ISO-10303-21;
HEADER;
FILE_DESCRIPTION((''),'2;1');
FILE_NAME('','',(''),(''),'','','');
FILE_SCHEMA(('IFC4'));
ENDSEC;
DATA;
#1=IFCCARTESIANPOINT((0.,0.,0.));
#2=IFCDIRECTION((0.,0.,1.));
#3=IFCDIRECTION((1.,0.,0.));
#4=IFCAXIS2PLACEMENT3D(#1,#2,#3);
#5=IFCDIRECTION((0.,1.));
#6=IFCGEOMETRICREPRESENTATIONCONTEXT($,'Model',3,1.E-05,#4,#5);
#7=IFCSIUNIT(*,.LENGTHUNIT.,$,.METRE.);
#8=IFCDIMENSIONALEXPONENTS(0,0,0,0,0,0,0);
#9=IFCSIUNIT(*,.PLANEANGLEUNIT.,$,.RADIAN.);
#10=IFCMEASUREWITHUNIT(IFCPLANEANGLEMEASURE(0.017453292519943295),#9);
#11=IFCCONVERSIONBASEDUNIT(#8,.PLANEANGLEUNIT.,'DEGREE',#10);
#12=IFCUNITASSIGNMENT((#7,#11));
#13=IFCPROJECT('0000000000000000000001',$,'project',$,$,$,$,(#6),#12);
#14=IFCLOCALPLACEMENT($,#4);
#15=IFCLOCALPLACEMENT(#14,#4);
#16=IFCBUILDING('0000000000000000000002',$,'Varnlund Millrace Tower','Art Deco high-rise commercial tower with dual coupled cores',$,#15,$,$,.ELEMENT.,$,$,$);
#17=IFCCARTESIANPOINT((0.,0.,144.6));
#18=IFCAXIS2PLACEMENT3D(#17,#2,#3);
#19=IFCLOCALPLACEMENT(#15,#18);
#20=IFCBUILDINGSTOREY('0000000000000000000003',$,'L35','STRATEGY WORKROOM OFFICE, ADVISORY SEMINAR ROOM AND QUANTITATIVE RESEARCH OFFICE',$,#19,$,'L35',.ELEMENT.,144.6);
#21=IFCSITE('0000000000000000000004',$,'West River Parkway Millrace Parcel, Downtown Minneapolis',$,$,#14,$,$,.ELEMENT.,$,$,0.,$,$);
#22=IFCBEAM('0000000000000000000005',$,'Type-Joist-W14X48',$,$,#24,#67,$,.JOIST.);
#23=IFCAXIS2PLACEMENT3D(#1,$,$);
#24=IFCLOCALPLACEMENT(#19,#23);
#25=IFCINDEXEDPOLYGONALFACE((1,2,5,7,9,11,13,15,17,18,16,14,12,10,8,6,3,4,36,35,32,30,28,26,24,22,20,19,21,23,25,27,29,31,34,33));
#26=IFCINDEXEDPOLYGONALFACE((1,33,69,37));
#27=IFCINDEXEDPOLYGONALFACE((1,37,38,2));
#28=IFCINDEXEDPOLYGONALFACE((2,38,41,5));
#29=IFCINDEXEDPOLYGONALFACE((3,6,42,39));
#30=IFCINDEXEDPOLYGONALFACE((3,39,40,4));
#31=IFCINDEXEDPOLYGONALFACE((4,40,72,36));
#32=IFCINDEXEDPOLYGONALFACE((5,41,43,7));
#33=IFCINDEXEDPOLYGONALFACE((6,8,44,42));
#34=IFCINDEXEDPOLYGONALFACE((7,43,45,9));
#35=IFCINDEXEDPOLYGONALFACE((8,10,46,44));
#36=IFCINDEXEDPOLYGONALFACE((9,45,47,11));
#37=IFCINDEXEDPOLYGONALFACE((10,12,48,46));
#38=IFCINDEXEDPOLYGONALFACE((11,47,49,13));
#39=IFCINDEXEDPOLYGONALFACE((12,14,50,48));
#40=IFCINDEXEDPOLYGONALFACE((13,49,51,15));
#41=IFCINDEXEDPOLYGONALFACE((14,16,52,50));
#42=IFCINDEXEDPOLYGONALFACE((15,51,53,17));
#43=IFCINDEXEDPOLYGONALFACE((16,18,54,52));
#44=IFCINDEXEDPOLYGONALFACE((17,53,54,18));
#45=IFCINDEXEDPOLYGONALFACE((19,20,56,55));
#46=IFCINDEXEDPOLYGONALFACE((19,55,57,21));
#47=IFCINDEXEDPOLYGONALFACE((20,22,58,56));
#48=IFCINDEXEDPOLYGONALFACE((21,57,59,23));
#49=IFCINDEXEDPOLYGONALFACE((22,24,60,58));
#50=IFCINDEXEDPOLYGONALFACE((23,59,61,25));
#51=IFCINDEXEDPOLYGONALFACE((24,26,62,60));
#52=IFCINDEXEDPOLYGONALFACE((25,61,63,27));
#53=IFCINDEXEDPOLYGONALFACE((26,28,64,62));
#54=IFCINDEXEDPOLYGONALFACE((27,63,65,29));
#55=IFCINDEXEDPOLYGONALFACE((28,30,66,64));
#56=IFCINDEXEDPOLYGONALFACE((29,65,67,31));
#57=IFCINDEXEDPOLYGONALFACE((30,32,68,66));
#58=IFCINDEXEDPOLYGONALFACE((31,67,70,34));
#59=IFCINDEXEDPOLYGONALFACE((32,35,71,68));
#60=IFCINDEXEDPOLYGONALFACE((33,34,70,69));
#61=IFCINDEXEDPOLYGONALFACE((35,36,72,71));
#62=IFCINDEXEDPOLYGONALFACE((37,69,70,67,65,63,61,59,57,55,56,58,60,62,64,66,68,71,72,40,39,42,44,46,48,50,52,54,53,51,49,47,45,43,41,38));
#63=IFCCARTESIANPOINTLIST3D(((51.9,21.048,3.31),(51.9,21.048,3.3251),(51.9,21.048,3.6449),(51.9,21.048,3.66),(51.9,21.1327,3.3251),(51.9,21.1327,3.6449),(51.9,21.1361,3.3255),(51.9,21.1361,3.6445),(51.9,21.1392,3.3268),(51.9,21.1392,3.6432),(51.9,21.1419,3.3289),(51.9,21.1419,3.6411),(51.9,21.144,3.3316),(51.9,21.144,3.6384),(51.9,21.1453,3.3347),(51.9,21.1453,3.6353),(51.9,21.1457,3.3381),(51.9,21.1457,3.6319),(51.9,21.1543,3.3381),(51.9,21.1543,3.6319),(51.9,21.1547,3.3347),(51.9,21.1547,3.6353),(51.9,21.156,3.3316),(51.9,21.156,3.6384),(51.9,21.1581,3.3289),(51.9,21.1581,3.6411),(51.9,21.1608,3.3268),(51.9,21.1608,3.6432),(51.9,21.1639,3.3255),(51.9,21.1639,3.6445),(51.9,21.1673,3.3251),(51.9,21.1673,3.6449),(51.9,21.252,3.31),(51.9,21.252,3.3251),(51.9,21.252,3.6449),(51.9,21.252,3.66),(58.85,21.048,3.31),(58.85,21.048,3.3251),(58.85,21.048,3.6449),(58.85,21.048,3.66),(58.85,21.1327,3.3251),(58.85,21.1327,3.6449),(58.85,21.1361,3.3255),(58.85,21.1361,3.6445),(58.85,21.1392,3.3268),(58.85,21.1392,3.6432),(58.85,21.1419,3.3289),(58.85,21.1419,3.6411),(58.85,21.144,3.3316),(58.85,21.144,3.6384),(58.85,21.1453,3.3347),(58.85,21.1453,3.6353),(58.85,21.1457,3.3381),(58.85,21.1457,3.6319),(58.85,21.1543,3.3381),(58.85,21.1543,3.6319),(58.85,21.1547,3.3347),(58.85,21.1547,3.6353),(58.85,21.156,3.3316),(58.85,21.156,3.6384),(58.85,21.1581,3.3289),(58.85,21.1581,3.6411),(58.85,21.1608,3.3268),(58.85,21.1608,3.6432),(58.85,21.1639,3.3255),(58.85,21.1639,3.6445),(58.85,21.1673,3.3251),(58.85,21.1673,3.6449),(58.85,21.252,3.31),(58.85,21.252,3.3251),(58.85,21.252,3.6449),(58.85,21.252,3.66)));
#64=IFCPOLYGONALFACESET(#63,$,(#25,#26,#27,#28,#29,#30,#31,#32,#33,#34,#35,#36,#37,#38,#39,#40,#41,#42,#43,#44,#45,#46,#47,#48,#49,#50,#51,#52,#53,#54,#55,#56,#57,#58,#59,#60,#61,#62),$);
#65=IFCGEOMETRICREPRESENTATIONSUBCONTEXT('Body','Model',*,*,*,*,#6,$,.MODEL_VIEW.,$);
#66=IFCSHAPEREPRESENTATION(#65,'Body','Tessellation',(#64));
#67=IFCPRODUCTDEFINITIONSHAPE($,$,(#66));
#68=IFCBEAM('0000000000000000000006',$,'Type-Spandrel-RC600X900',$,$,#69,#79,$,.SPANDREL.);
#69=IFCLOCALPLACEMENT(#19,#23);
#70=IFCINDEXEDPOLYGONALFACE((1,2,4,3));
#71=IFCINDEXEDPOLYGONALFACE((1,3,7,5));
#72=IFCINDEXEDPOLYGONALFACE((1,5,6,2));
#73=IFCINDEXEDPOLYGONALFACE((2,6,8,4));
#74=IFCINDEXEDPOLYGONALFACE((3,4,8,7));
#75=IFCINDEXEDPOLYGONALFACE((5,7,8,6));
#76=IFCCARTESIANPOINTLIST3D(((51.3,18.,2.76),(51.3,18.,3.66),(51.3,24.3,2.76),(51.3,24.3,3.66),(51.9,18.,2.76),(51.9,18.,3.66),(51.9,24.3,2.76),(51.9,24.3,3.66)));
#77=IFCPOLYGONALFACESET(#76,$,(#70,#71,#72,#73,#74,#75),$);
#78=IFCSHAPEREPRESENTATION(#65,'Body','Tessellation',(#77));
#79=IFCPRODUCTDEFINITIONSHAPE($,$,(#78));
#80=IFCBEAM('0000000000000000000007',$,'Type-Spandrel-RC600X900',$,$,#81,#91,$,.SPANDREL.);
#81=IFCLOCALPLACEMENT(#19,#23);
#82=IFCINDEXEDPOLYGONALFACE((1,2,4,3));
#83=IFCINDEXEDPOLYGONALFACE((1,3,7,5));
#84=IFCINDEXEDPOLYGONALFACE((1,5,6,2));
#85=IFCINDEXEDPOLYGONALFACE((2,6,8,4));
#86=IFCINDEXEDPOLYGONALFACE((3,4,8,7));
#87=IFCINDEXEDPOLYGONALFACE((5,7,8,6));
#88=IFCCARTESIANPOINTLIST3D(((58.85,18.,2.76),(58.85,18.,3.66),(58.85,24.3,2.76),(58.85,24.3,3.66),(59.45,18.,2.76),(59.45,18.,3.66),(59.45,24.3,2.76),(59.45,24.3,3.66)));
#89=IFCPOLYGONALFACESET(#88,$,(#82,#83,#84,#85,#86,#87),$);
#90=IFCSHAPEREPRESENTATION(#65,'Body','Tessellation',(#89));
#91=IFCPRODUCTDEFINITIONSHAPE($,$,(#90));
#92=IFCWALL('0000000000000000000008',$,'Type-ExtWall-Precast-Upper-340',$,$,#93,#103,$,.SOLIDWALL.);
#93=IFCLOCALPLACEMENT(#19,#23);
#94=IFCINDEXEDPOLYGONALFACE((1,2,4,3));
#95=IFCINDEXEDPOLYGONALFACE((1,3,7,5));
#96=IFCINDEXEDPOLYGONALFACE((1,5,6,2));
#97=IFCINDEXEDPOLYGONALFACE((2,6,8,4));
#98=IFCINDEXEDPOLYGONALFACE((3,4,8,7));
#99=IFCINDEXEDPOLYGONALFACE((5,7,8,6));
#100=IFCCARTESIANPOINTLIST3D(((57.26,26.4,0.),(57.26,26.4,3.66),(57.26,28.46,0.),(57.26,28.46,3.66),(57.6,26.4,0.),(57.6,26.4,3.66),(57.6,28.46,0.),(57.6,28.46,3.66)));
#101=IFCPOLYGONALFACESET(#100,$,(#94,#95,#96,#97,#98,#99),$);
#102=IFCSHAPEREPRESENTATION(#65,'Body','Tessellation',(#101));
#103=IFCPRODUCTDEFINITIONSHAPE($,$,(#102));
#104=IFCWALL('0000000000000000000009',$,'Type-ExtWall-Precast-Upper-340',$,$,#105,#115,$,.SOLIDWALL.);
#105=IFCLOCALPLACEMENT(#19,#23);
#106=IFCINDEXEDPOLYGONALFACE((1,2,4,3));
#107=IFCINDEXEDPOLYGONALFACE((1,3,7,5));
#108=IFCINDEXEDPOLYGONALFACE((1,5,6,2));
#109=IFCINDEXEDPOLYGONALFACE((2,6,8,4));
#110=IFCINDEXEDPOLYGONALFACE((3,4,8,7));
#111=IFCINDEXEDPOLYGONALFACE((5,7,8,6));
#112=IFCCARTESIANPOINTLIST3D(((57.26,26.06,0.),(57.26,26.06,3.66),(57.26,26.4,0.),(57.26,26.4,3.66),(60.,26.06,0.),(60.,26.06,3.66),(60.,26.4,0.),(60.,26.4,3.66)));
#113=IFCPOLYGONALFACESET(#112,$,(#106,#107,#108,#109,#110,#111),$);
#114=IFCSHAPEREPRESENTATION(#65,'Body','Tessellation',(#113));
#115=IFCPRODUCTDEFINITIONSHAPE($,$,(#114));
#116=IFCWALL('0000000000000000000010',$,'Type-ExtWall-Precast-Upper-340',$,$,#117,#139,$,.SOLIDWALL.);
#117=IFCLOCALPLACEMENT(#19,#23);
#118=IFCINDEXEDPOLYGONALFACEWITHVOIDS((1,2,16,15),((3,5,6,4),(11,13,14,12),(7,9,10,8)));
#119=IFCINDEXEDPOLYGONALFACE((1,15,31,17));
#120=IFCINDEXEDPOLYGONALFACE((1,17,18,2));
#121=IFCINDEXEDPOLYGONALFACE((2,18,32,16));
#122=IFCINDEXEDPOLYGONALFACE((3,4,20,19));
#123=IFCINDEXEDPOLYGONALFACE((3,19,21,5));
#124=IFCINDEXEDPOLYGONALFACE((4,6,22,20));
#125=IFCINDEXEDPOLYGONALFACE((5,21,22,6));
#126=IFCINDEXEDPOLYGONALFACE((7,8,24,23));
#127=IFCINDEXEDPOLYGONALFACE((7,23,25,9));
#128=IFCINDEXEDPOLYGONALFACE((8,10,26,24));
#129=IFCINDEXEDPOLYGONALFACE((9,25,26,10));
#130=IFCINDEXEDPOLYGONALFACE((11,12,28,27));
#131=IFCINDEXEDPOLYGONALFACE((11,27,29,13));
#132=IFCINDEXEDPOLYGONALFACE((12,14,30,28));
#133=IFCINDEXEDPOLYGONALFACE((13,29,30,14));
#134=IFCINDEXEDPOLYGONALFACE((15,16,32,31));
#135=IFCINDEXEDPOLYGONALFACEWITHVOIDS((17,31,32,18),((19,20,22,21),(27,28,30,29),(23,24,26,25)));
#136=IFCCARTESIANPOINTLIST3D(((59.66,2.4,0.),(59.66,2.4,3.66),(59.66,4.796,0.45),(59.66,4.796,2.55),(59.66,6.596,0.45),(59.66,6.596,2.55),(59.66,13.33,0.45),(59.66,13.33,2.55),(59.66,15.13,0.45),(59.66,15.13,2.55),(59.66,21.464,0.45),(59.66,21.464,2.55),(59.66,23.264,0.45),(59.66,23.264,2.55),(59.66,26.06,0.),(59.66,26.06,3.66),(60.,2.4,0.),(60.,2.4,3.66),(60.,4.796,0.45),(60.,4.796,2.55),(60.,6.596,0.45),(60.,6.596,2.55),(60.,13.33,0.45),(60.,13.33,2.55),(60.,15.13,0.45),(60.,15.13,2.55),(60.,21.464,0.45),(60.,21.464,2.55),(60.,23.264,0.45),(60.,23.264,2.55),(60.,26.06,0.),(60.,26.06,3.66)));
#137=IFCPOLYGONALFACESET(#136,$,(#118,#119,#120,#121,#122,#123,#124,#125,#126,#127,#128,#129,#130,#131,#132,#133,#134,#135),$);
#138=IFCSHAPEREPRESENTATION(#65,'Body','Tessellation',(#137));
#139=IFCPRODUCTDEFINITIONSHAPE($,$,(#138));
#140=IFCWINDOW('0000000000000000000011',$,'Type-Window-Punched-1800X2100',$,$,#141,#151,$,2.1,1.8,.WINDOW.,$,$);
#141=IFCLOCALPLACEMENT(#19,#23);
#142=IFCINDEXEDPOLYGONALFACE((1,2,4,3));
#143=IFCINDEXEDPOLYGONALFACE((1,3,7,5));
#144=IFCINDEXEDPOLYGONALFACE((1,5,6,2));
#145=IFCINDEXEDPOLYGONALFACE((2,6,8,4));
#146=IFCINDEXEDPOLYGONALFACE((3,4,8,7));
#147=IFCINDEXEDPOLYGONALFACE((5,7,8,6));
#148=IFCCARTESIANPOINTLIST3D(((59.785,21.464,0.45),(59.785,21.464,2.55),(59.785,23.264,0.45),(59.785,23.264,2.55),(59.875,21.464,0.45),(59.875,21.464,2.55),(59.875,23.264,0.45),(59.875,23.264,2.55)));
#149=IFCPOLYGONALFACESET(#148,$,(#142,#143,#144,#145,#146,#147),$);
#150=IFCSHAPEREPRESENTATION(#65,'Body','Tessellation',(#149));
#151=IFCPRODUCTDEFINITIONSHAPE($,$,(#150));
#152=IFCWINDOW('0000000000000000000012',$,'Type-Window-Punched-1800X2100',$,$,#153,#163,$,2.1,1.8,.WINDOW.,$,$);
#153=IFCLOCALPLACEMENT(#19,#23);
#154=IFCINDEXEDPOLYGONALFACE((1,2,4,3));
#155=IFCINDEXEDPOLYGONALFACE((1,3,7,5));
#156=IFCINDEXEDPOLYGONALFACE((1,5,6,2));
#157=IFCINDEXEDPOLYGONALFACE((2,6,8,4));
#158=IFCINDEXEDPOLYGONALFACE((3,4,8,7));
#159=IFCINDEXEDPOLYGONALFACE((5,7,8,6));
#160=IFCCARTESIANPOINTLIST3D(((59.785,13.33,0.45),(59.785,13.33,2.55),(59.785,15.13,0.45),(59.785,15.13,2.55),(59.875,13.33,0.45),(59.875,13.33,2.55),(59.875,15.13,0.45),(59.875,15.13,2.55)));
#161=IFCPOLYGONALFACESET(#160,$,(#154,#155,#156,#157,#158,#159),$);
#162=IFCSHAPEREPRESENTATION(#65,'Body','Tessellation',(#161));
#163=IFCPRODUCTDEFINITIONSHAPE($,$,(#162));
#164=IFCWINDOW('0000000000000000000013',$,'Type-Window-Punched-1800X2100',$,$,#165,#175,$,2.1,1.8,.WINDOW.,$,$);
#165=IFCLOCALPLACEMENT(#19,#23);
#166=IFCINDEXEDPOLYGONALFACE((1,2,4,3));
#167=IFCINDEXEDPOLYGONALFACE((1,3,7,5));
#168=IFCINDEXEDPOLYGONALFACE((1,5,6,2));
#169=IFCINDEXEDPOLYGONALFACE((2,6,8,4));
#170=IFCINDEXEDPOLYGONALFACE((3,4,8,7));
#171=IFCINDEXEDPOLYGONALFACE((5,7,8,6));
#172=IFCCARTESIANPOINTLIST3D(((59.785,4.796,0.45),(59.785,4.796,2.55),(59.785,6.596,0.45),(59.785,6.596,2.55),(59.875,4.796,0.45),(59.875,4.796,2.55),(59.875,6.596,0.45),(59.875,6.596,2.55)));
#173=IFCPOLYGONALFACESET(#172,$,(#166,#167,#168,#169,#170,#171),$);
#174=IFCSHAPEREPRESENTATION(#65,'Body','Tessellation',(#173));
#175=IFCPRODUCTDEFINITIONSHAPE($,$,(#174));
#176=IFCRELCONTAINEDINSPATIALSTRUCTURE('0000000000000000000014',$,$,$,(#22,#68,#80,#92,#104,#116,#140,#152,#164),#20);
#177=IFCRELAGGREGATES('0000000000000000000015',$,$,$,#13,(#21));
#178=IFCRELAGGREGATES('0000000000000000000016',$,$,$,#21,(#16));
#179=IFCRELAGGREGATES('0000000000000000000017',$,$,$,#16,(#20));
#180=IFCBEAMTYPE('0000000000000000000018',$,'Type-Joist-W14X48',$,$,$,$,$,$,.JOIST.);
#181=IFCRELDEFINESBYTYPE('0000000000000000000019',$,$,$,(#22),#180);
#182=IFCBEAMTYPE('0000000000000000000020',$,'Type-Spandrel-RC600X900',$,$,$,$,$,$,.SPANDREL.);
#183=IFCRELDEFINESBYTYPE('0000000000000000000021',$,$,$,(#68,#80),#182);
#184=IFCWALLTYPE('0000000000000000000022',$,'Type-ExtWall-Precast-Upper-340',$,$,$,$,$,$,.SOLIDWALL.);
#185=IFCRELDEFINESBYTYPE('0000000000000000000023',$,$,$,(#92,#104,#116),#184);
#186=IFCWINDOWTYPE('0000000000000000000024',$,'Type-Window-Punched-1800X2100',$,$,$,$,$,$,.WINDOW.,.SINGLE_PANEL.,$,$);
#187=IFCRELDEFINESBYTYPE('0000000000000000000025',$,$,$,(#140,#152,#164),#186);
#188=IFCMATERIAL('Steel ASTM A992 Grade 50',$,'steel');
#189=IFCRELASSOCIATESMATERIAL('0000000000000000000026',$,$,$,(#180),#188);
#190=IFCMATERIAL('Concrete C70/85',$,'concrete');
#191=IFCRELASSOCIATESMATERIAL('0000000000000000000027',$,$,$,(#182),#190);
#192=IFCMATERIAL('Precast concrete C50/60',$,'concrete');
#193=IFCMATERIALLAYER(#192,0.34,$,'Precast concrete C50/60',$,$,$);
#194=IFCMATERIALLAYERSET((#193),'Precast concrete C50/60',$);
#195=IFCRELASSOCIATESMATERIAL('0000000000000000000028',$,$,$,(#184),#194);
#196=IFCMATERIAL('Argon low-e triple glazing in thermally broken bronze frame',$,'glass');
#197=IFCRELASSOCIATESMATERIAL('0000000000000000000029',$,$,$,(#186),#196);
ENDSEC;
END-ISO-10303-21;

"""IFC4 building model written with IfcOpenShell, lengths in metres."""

from ifc_helpers import new_model, entity, si_unit, converted_unit, direction, frame, origin_with_axes, origin_2d_with_axis, place, context, subcontext, project, spatial, polyline, rectangle, i_section, outline, extrude, material, layer, layer_set, material_profile, profile_set, type_object, element, fill, save


model = new_model("IFC4")

# Units and contexts
model_context = context("Model", 3, precision=1e-05, world=origin_with_axes(), true_north=direction((0.0, 1.0)))
body_context = subcontext(model_context, "Body", "Model", "MODEL_VIEW")
ifc_project = project(units=[si_unit("LENGTHUNIT", "METRE"), converted_unit("PLANEANGLEUNIT", "DEGREE", entity("IfcPlaneAngleMeasure", 0.017453292519943295), si_unit("PLANEANGLEUNIT", "RADIAN"), dimensions=[0, 0, 0, 0, 0, 0, 0])], contexts=[model_context])

# Site, building, storey
site_placement = place(None, origin_with_axes())
site = spatial("IfcSite", under=ifc_project, at=site_placement, Name="West River Parkway Millrace Parcel, Downtown Minneapolis", CompositionType="ELEMENT", RefElevation=0.0)
building_placement = place(site_placement, origin_with_axes())
building = spatial("IfcBuilding", under=site, at=building_placement, Name="Varnlund Millrace Tower", Description="Art Deco high-rise commercial tower with dual coupled cores", CompositionType="ELEMENT")
storey_placement = place(building_placement, frame((0.0, 0.0, 144.6), z_axis=(0.0, 0.0, 1.0), x_axis=(1.0, 0.0, 0.0)))
storey = spatial("IfcBuildingStorey", under=building, at=storey_placement, Name="L35", Description="STRATEGY WORKROOM OFFICE, ADVISORY SEMINAR ROOM AND QUANTITATIVE RESEARCH OFFICE", LongName="L35", CompositionType="ELEMENT", Elevation=144.6)

# Beams
ifc_material_1 = material(Name="Steel ASTM A992 Grade 50", Category="steel")
ifc_material_profile_1 = material_profile(ifc_material_1, i_section(OverallWidth=0.204, OverallDepth=0.35, WebThickness=0.0086, FlangeThickness=0.0151, FilletRadius=0.013, at=origin_2d_with_axis()), Name="Steel ASTM A992 Grade 50")
ifc_profile_set_1 = profile_set([ifc_material_profile_1], Name="Steel ASTM A992 Grade 50")
beam_type_1 = type_object("IfcBeamType", Name="Type-Joist-W14X48", PredefinedType="JOIST", material=ifc_profile_set_1)
for number, where, z_axis, x_axis, name in (
    (1, (51.9, 21.15, 3.485), (1.0, 0.0, 0.0), (0.0, 1.0, 0.0), "Type-Joist-W14X48"),
):
    element("IfcBeam", number, at=place(storey_placement, frame(where, z_axis=z_axis, x_axis=x_axis)), inside=storey, type_object=beam_type_1, Name=name, PredefinedType="JOIST", context=body_context, shape_type="SweptSolid", body=[
        extrude(i_section(OverallWidth=0.204, OverallDepth=0.35, WebThickness=0.0086, FlangeThickness=0.0151, FilletRadius=0.013, at=origin_2d_with_axis()), origin_with_axes(), (0.0, 0.0, 1.0), 6.95),
    ])
ifc_material_2 = material(Name="Concrete C70/85", Category="concrete")
ifc_material_profile_2 = material_profile(ifc_material_2, rectangle(XDim=0.6, YDim=0.9, at=origin_2d_with_axis()), Name="Concrete C70/85")
ifc_profile_set_2 = profile_set([ifc_material_profile_2], Name="Concrete C70/85")
beam_type_2 = type_object("IfcBeamType", Name="Type-Spandrel-RC600X900", PredefinedType="SPANDREL", material=ifc_profile_set_2)
for number, where, z_axis, x_axis, name in (
    (2, (51.6, 18.0, 3.21), (0.0, 1.0, 0.0), (-1.0, 0.0, 0.0), "Type-Spandrel-RC600X900"),
    (3, (59.15, 18.0, 3.21), (0.0, 1.0, 0.0), (-1.0, 0.0, 0.0), "Type-Spandrel-RC600X900"),
):
    element("IfcBeam", number, at=place(storey_placement, frame(where, z_axis=z_axis, x_axis=x_axis)), inside=storey, type_object=beam_type_2, Name=name, PredefinedType="SPANDREL", context=body_context, shape_type="SweptSolid", body=[
        extrude(rectangle(XDim=0.6, YDim=0.9, at=origin_2d_with_axis()), origin_with_axes(), (0.0, 0.0, 1.0), 6.3),
    ])

# Walls
ifc_material_3 = material(Name="Precast concrete C50/60", Category="concrete")
ifc_layer_1 = layer(ifc_material_3, 0.34, Name="Precast concrete C50/60")
ifc_layer_set_1 = layer_set([ifc_layer_1], Name="Precast concrete C50/60")
wall_type_1 = type_object("IfcWallType", Name="Type-ExtWall-Precast-Upper-340", PredefinedType="SOLIDWALL", material=ifc_layer_set_1)
wall_1_placement = place(storey_placement, frame((57.43, 28.46, 0.0), z_axis=(0.0, 0.0, 1.0), x_axis=(0.0, -1.0, 0.0)))
element("IfcWall", 4, at=wall_1_placement, inside=storey, type_object=wall_type_1, Name="Type-ExtWall-Precast-Upper-340", PredefinedType="SOLIDWALL", context=body_context, shape_type="SweptSolid", body=[
    extrude(outline(polyline([(0.0, -0.17), (2.06, -0.17), (2.06, 0.17), (0.0, 0.17), (0.0, -0.17)])), origin_with_axes(), (0.0, 0.0, 1.0), 3.66),
])
wall_2_placement = place(storey_placement, frame((57.26, 26.23, 0.0), z_axis=(0.0, 0.0, 1.0), x_axis=(1.0, 0.0, 0.0)))
element("IfcWall", 5, at=wall_2_placement, inside=storey, type_object=wall_type_1, Name="Type-ExtWall-Precast-Upper-340", PredefinedType="SOLIDWALL", context=body_context, shape_type="SweptSolid", body=[
    extrude(outline(polyline([(0.0, -0.17), (2.74, -0.17), (2.74, 0.17), (0.0, 0.17), (0.0, -0.17)])), origin_with_axes(), (0.0, 0.0, 1.0), 3.66),
])

# Wall, openings, windows
wall_3_placement = place(storey_placement, frame((59.83, 26.06, 0.0), z_axis=(0.0, 0.0, 1.0), x_axis=(0.0, -1.0, 0.0)))
wall_3 = element("IfcWall", 6, at=wall_3_placement, inside=storey, type_object=wall_type_1, Name="Type-ExtWall-Precast-Upper-340", PredefinedType="SOLIDWALL", context=body_context, shape_type="SweptSolid", body=[
    extrude(outline(polyline([(0.0, -0.17), (23.66, -0.17), (23.66, 0.17), (0.0, 0.17), (0.0, -0.17)])), origin_with_axes(), (0.0, 0.0, 1.0), 3.66),
])
opening_1_placement = place(wall_3_placement, frame((3.696, 0.0, 0.45), z_axis=(0.0, 0.0, 1.0), x_axis=(1.0, 0.0, 0.0)))
opening_1 = element("IfcOpeningElement", 7, at=opening_1_placement, cuts=wall_3, PredefinedType="OPENING", context=body_context, shape_type="SweptSolid", body=[
    extrude(rectangle(XDim=1.8, YDim=0.36, at=origin_2d_with_axis()), origin_with_axes(), (0.0, 0.0, 1.0), 2.1),
])
opening_2_placement = place(wall_3_placement, frame((11.83, 0.0, 0.45), z_axis=(0.0, 0.0, 1.0), x_axis=(1.0, 0.0, 0.0)))
opening_2 = element("IfcOpeningElement", 8, at=opening_2_placement, cuts=wall_3, PredefinedType="OPENING", context=body_context, shape_type="SweptSolid", body=[
    extrude(rectangle(XDim=1.8, YDim=0.36, at=origin_2d_with_axis()), origin_with_axes(), (0.0, 0.0, 1.0), 2.1),
])
opening_3_placement = place(wall_3_placement, frame((20.364, 0.0, 0.45), z_axis=(0.0, 0.0, 1.0), x_axis=(1.0, 0.0, 0.0)))
opening_3 = element("IfcOpeningElement", 9, at=opening_3_placement, cuts=wall_3, PredefinedType="OPENING", context=body_context, shape_type="SweptSolid", body=[
    extrude(rectangle(XDim=1.8, YDim=0.36, at=origin_2d_with_axis()), origin_with_axes(), (0.0, 0.0, 1.0), 2.1),
])
ifc_material_4 = material(Name="Argon low-e triple glazing in thermally broken bronze frame", Category="glass")
window_type = type_object("IfcWindowType", Name="Type-Window-Punched-1800X2100", PartitioningType="SINGLE_PANEL", PredefinedType="WINDOW", material=ifc_material_4)
window_1_placement = place(wall_3_placement, frame((3.696, 0.0, 0.45), z_axis=(0.0, 0.0, 1.0), x_axis=(1.0, 0.0, 0.0)))
window_1 = element("IfcWindow", 10, at=window_1_placement, inside=storey, type_object=window_type, Name="Type-Window-Punched-1800X2100", OverallHeight=2.1, OverallWidth=1.8, PredefinedType="WINDOW", context=body_context, shape_type="SweptSolid", body=[
    extrude(rectangle(XDim=1.8, YDim=0.09, at=origin_2d_with_axis()), origin_with_axes(), (0.0, 0.0, 1.0), 2.1),
])
fill(opening_1, window_1)
window_2_placement = place(wall_3_placement, frame((11.83, 0.0, 0.45), z_axis=(0.0, 0.0, 1.0), x_axis=(1.0, 0.0, 0.0)))
window_2 = element("IfcWindow", 11, at=window_2_placement, inside=storey, type_object=window_type, Name="Type-Window-Punched-1800X2100", OverallHeight=2.1, OverallWidth=1.8, PredefinedType="WINDOW", context=body_context, shape_type="SweptSolid", body=[
    extrude(rectangle(XDim=1.8, YDim=0.09, at=origin_2d_with_axis()), origin_with_axes(), (0.0, 0.0, 1.0), 2.1),
])
fill(opening_2, window_2)
window_3_placement = place(wall_3_placement, frame((20.364, 0.0, 0.45), z_axis=(0.0, 0.0, 1.0), x_axis=(1.0, 0.0, 0.0)))
window_3 = element("IfcWindow", 12, at=window_3_placement, inside=storey, type_object=window_type, Name="Type-Window-Punched-1800X2100", OverallHeight=2.1, OverallWidth=1.8, PredefinedType="WINDOW", context=body_context, shape_type="SweptSolid", body=[
    extrude(rectangle(XDim=1.8, YDim=0.09, at=origin_2d_with_axis()), origin_with_axes(), (0.0, 0.0, 1.0), 2.1),
])
fill(opening_3, window_3)

save(model, "model.ifc")
